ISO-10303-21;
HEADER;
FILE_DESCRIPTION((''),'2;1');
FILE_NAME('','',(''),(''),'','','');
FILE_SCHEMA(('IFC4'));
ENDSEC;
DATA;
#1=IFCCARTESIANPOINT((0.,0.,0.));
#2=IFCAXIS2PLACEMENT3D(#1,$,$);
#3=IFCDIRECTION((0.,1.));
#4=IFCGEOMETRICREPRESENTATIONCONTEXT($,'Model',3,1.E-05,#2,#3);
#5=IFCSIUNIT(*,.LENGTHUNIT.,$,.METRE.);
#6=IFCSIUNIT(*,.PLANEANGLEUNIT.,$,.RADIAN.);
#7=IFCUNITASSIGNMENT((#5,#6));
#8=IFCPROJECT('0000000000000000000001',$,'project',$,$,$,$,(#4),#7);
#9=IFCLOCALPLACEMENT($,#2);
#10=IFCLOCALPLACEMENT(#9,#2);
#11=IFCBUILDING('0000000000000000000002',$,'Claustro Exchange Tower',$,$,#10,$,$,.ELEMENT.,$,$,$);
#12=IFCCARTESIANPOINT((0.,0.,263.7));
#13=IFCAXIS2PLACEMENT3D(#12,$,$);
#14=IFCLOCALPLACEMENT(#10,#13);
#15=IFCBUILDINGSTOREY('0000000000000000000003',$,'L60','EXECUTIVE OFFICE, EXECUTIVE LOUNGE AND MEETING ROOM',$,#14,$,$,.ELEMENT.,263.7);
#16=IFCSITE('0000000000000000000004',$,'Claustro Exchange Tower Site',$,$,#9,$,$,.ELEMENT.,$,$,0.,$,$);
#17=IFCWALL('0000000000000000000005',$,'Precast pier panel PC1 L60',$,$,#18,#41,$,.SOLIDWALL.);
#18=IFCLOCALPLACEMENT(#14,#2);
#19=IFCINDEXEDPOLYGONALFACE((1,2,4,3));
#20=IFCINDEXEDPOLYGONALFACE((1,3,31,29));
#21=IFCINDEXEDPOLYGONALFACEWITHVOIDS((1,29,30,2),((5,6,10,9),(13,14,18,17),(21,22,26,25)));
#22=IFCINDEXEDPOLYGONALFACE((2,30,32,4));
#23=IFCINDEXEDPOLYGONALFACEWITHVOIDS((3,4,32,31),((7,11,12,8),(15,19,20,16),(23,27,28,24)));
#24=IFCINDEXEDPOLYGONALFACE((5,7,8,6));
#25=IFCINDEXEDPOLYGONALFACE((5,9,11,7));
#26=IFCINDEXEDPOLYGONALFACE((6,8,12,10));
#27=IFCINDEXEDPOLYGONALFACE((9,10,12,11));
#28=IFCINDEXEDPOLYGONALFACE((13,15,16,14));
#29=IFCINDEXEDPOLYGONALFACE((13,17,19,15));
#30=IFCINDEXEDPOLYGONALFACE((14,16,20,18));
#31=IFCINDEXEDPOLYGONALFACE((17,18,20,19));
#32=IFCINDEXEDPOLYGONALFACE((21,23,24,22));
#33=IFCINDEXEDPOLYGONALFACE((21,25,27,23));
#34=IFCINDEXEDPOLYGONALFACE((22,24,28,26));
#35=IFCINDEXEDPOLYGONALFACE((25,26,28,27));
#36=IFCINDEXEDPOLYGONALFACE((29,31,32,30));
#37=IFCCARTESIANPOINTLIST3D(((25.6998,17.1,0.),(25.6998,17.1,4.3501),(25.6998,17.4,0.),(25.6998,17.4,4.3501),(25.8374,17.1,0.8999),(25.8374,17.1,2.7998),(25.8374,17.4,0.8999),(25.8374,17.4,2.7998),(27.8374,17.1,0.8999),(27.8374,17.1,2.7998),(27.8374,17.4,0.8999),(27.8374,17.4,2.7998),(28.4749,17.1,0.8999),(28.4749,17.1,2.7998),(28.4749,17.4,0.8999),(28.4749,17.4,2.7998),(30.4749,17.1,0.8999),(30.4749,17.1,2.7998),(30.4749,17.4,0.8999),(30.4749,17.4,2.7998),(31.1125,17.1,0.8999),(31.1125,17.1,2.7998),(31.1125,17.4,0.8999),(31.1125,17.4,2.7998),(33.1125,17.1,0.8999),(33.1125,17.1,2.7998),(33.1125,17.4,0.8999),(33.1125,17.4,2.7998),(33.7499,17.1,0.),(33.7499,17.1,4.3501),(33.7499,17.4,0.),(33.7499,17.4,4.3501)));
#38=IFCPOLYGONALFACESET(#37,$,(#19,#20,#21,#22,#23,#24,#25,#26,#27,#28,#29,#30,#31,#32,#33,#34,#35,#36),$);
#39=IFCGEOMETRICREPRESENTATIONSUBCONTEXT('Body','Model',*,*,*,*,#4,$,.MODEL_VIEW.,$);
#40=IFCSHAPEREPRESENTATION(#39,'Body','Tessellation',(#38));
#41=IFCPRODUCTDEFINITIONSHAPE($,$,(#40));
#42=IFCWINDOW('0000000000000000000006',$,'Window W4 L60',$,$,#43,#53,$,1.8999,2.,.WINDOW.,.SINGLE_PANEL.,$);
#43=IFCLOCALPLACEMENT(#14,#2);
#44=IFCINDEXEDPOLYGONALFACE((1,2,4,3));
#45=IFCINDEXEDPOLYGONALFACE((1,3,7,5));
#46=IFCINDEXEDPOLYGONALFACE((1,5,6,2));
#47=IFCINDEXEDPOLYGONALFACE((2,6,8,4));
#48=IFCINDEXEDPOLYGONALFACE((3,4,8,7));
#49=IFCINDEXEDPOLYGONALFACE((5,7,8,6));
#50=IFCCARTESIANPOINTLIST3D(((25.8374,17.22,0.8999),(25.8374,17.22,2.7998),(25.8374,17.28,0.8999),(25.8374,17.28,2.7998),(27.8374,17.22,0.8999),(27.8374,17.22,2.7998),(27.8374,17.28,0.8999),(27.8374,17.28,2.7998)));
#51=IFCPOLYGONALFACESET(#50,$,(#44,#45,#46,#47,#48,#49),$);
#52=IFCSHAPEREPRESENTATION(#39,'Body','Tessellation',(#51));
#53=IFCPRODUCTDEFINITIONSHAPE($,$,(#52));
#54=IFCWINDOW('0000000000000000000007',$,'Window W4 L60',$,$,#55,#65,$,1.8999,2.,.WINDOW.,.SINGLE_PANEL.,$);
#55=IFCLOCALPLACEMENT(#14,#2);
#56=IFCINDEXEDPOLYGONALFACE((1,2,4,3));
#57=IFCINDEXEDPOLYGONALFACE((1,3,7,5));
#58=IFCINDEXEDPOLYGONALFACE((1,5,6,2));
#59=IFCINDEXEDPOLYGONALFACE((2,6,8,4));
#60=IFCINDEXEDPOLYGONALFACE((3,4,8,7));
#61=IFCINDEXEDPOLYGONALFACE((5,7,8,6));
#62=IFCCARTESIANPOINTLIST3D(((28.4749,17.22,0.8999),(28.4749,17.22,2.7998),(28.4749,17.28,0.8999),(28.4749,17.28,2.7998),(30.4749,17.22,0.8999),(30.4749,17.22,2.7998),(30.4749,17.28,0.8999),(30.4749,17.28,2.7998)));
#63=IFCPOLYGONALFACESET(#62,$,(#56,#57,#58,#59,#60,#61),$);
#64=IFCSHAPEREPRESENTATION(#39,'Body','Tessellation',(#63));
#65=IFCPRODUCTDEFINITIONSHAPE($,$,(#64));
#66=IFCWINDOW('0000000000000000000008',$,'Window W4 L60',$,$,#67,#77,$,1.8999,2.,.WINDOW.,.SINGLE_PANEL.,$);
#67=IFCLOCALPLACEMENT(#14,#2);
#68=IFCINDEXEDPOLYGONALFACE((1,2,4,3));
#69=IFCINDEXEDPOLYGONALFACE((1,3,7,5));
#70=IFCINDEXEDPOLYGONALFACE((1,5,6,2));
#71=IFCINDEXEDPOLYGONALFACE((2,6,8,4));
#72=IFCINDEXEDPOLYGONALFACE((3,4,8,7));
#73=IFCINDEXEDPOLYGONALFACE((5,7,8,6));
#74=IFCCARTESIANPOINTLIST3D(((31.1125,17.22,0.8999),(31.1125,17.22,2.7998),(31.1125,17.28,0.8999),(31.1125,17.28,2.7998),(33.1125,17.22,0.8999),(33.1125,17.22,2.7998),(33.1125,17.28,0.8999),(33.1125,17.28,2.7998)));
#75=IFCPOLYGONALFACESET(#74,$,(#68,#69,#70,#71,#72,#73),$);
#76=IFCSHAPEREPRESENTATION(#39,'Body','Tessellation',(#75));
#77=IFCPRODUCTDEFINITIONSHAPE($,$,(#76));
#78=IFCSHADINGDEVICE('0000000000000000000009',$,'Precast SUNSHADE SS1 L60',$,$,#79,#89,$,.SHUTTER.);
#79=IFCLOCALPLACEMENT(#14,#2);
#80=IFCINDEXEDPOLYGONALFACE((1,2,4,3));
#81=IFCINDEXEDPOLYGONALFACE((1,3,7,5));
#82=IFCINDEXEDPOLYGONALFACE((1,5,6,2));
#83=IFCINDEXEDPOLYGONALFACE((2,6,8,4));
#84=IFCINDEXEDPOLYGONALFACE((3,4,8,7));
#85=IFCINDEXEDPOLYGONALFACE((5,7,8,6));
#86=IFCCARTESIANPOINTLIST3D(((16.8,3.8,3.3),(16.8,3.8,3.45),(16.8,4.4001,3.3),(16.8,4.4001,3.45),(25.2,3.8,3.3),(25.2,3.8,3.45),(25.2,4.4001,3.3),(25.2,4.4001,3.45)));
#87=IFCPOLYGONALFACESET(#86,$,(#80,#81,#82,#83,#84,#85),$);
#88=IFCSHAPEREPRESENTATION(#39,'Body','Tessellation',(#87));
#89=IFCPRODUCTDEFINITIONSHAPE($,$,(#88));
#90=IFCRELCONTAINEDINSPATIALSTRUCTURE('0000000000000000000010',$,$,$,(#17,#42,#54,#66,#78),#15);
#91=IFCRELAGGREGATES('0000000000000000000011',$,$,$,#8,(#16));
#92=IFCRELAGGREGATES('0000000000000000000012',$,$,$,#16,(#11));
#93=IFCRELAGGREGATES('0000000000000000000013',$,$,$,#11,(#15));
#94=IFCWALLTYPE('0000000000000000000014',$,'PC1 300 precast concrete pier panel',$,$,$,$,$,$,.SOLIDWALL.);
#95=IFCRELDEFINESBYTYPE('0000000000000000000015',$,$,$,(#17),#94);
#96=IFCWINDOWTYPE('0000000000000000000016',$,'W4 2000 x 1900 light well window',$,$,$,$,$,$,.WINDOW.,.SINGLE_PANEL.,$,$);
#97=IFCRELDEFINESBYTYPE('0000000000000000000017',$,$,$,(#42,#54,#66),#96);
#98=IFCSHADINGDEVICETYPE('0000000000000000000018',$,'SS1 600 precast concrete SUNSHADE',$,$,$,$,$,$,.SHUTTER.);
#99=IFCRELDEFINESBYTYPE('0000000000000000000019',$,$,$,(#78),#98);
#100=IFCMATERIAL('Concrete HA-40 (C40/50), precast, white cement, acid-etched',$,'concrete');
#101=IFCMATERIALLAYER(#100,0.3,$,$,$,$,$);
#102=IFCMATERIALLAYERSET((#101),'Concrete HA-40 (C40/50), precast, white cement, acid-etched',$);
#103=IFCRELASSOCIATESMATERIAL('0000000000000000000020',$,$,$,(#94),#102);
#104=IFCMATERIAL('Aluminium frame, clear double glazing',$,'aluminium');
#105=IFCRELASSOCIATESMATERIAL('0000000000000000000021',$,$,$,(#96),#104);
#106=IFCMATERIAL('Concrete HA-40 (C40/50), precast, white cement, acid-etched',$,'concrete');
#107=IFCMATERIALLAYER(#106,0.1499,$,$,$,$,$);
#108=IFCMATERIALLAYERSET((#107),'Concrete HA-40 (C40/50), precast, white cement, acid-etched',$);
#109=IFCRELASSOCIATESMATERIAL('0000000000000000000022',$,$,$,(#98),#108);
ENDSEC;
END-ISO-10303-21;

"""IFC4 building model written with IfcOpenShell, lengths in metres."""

from ifc_helpers import new_model, si_unit, direction, frame, frame_2d, origin, origin_2d, place, context, subcontext, project, spatial, rectangle, extrude, material, layer, layer_set, type_object, element, fill, save


model = new_model("IFC4")

# Units and contexts
model_context = context("Model", 3, precision=1e-05, world=origin(), true_north=direction((0.0, 1.0)))
body_context = subcontext(model_context, "Body", "Model", "MODEL_VIEW")
ifc_project = project(units=[si_unit("LENGTHUNIT", "METRE"), si_unit("PLANEANGLEUNIT", "RADIAN")], contexts=[model_context])

# Site, building, storey
site_placement = place(None, origin())
site = spatial("IfcSite", under=ifc_project, at=site_placement, Name="Claustro Exchange Tower Site", CompositionType="ELEMENT", RefElevation=0.0)
building_placement = place(site_placement, origin())
building = spatial("IfcBuilding", under=site, at=building_placement, Name="Claustro Exchange Tower", CompositionType="ELEMENT")
storey_placement = place(building_placement, frame((0.0, 0.0, 263.7)))
storey = spatial("IfcBuildingStorey", under=building, at=storey_placement, Name="L60", Description="EXECUTIVE OFFICE, EXECUTIVE LOUNGE AND MEETING ROOM", CompositionType="ELEMENT", Elevation=263.7)

# Wall, openings, windows
ifc_material_1 = material(Name="Concrete HA-40 (C40/50), precast, white cement, acid-etched", Category="concrete")
ifc_layer_1 = layer(ifc_material_1, 0.3)
ifc_layer_set_1 = layer_set([ifc_layer_1], Name="Concrete HA-40 (C40/50), precast, white cement, acid-etched")
wall_type_1 = type_object("IfcWallType", Name="PC1 300 precast concrete pier panel", PredefinedType="SOLIDWALL", material=ifc_layer_set_1)
wall_1_placement = place(storey_placement, frame((25.7, 17.25, 0.0), z_axis=(0.0, 0.0, 1.0), x_axis=(1.0, 0.0, 0.0)))
wall_1 = element("IfcWall", 1, at=wall_1_placement, inside=storey, type_object=wall_type_1, Name="Precast pier panel PC1 L60", PredefinedType="SOLIDWALL", context=body_context, shape_type="SweptSolid", body=[
    extrude(rectangle(XDim=8.05, YDim=0.3, at=frame_2d((4.0249, 0.0))), origin(), (0.0, 0.0, 1.0), 4.3501),
])
opening_1_placement = place(wall_1_placement, frame((0.1375, 0.0, 0.8999)))
opening_1 = element("IfcOpeningElement", 2, at=opening_1_placement, cuts=wall_1, PredefinedType="OPENING", context=body_context, shape_type="SweptSolid", body=[
    extrude(rectangle(XDim=2.0, YDim=1.8999, at=frame_2d((1.0, 0.95))), frame((0.0, 0.1599, 0.0), z_axis=(0.0, -1.0, 0.0), x_axis=(1.0, 0.0, 0.0)), (0.0, 0.0, 1.0), 0.3201),
])
opening_2_placement = place(wall_1_placement, frame((2.7749, 0.0, 0.8999)))
opening_2 = element("IfcOpeningElement", 3, at=opening_2_placement, cuts=wall_1, PredefinedType="OPENING", context=body_context, shape_type="SweptSolid", body=[
    extrude(rectangle(XDim=2.0, YDim=1.8999, at=frame_2d((1.0, 0.95))), frame((0.0, 0.1599, 0.0), z_axis=(0.0, -1.0, 0.0), x_axis=(1.0, 0.0, 0.0)), (0.0, 0.0, 1.0), 0.3201),
])
opening_3_placement = place(wall_1_placement, frame((5.4126, 0.0, 0.8999)))
opening_3 = element("IfcOpeningElement", 4, at=opening_3_placement, cuts=wall_1, PredefinedType="OPENING", context=body_context, shape_type="SweptSolid", body=[
    extrude(rectangle(XDim=2.0, YDim=1.8999, at=frame_2d((1.0, 0.95))), frame((0.0, 0.1599, 0.0), z_axis=(0.0, -1.0, 0.0), x_axis=(1.0, 0.0, 0.0)), (0.0, 0.0, 1.0), 0.3201),
])
ifc_material_2 = material(Name="Aluminium frame, clear double glazing", Category="aluminium")
window_type_1 = type_object("IfcWindowType", Name="W4 2000 x 1900 light well window", PartitioningType="SINGLE_PANEL", PredefinedType="WINDOW", material=ifc_material_2)
window_1_placement = place(opening_1_placement, origin())
window_1 = element("IfcWindow", 5, at=window_1_placement, inside=storey, type_object=window_type_1, Name="Window W4 L60", OverallHeight=1.8999, OverallWidth=2.0, PartitioningType="SINGLE_PANEL", PredefinedType="WINDOW", context=body_context, shape_type="SweptSolid", body=[
    extrude(rectangle(XDim=2.0, YDim=1.8999, at=frame_2d((1.0, 0.95))), frame((0.0, 0.03, 0.0), z_axis=(0.0, -1.0, 0.0), x_axis=(1.0, 0.0, 0.0)), (0.0, 0.0, 1.0), 0.0601),
])
fill(opening_1, window_1)
window_2_placement = place(opening_2_placement, origin())
window_2 = element("IfcWindow", 6, at=window_2_placement, inside=storey, type_object=window_type_1, Name="Window W4 L60", OverallHeight=1.8999, OverallWidth=2.0, PartitioningType="SINGLE_PANEL", PredefinedType="WINDOW", context=body_context, shape_type="SweptSolid", body=[
    extrude(rectangle(XDim=2.0, YDim=1.8999, at=frame_2d((1.0, 0.95))), frame((0.0, 0.03, 0.0), z_axis=(0.0, -1.0, 0.0), x_axis=(1.0, 0.0, 0.0)), (0.0, 0.0, 1.0), 0.0601),
])
fill(opening_2, window_2)
window_3_placement = place(opening_3_placement, origin())
window_3 = element("IfcWindow", 7, at=window_3_placement, inside=storey, type_object=window_type_1, Name="Window W4 L60", OverallHeight=1.8999, OverallWidth=2.0, PartitioningType="SINGLE_PANEL", PredefinedType="WINDOW", context=body_context, shape_type="SweptSolid", body=[
    extrude(rectangle(XDim=2.0, YDim=1.8999, at=frame_2d((1.0, 0.95))), frame((0.0, 0.03, 0.0), z_axis=(0.0, -1.0, 0.0), x_axis=(1.0, 0.0, 0.0)), (0.0, 0.0, 1.0), 0.0601),
])
fill(opening_3, window_3)

# Shading device
ifc_material_3 = material(Name="Concrete HA-40 (C40/50), precast, white cement, acid-etched", Category="concrete")
ifc_layer_2 = layer(ifc_material_3, 0.1499)
ifc_layer_set_2 = layer_set([ifc_layer_2], Name="Concrete HA-40 (C40/50), precast, white cement, acid-etched")
shading_device_type = type_object("IfcShadingDeviceType", Name="SS1 600 precast concrete SUNSHADE", PredefinedType="SHUTTER", material=ifc_layer_set_2)
shading_device_placement = place(storey_placement, frame((21.0, 4.1001, 3.3), z_axis=(0.0, 0.0, 1.0), x_axis=(-1.0, 0.0, 0.0)))
element("IfcShadingDevice", 8, at=shading_device_placement, inside=storey, type_object=shading_device_type, Name="Precast SUNSHADE SS1 L60", PredefinedType="SHUTTER", context=body_context, shape_type="SweptSolid", body=[
    extrude(rectangle(XDim=8.3999, YDim=0.6001, at=origin_2d()), origin(), (0.0, 0.0, 1.0), 0.1499),
])

save(model, "model.ifc")
